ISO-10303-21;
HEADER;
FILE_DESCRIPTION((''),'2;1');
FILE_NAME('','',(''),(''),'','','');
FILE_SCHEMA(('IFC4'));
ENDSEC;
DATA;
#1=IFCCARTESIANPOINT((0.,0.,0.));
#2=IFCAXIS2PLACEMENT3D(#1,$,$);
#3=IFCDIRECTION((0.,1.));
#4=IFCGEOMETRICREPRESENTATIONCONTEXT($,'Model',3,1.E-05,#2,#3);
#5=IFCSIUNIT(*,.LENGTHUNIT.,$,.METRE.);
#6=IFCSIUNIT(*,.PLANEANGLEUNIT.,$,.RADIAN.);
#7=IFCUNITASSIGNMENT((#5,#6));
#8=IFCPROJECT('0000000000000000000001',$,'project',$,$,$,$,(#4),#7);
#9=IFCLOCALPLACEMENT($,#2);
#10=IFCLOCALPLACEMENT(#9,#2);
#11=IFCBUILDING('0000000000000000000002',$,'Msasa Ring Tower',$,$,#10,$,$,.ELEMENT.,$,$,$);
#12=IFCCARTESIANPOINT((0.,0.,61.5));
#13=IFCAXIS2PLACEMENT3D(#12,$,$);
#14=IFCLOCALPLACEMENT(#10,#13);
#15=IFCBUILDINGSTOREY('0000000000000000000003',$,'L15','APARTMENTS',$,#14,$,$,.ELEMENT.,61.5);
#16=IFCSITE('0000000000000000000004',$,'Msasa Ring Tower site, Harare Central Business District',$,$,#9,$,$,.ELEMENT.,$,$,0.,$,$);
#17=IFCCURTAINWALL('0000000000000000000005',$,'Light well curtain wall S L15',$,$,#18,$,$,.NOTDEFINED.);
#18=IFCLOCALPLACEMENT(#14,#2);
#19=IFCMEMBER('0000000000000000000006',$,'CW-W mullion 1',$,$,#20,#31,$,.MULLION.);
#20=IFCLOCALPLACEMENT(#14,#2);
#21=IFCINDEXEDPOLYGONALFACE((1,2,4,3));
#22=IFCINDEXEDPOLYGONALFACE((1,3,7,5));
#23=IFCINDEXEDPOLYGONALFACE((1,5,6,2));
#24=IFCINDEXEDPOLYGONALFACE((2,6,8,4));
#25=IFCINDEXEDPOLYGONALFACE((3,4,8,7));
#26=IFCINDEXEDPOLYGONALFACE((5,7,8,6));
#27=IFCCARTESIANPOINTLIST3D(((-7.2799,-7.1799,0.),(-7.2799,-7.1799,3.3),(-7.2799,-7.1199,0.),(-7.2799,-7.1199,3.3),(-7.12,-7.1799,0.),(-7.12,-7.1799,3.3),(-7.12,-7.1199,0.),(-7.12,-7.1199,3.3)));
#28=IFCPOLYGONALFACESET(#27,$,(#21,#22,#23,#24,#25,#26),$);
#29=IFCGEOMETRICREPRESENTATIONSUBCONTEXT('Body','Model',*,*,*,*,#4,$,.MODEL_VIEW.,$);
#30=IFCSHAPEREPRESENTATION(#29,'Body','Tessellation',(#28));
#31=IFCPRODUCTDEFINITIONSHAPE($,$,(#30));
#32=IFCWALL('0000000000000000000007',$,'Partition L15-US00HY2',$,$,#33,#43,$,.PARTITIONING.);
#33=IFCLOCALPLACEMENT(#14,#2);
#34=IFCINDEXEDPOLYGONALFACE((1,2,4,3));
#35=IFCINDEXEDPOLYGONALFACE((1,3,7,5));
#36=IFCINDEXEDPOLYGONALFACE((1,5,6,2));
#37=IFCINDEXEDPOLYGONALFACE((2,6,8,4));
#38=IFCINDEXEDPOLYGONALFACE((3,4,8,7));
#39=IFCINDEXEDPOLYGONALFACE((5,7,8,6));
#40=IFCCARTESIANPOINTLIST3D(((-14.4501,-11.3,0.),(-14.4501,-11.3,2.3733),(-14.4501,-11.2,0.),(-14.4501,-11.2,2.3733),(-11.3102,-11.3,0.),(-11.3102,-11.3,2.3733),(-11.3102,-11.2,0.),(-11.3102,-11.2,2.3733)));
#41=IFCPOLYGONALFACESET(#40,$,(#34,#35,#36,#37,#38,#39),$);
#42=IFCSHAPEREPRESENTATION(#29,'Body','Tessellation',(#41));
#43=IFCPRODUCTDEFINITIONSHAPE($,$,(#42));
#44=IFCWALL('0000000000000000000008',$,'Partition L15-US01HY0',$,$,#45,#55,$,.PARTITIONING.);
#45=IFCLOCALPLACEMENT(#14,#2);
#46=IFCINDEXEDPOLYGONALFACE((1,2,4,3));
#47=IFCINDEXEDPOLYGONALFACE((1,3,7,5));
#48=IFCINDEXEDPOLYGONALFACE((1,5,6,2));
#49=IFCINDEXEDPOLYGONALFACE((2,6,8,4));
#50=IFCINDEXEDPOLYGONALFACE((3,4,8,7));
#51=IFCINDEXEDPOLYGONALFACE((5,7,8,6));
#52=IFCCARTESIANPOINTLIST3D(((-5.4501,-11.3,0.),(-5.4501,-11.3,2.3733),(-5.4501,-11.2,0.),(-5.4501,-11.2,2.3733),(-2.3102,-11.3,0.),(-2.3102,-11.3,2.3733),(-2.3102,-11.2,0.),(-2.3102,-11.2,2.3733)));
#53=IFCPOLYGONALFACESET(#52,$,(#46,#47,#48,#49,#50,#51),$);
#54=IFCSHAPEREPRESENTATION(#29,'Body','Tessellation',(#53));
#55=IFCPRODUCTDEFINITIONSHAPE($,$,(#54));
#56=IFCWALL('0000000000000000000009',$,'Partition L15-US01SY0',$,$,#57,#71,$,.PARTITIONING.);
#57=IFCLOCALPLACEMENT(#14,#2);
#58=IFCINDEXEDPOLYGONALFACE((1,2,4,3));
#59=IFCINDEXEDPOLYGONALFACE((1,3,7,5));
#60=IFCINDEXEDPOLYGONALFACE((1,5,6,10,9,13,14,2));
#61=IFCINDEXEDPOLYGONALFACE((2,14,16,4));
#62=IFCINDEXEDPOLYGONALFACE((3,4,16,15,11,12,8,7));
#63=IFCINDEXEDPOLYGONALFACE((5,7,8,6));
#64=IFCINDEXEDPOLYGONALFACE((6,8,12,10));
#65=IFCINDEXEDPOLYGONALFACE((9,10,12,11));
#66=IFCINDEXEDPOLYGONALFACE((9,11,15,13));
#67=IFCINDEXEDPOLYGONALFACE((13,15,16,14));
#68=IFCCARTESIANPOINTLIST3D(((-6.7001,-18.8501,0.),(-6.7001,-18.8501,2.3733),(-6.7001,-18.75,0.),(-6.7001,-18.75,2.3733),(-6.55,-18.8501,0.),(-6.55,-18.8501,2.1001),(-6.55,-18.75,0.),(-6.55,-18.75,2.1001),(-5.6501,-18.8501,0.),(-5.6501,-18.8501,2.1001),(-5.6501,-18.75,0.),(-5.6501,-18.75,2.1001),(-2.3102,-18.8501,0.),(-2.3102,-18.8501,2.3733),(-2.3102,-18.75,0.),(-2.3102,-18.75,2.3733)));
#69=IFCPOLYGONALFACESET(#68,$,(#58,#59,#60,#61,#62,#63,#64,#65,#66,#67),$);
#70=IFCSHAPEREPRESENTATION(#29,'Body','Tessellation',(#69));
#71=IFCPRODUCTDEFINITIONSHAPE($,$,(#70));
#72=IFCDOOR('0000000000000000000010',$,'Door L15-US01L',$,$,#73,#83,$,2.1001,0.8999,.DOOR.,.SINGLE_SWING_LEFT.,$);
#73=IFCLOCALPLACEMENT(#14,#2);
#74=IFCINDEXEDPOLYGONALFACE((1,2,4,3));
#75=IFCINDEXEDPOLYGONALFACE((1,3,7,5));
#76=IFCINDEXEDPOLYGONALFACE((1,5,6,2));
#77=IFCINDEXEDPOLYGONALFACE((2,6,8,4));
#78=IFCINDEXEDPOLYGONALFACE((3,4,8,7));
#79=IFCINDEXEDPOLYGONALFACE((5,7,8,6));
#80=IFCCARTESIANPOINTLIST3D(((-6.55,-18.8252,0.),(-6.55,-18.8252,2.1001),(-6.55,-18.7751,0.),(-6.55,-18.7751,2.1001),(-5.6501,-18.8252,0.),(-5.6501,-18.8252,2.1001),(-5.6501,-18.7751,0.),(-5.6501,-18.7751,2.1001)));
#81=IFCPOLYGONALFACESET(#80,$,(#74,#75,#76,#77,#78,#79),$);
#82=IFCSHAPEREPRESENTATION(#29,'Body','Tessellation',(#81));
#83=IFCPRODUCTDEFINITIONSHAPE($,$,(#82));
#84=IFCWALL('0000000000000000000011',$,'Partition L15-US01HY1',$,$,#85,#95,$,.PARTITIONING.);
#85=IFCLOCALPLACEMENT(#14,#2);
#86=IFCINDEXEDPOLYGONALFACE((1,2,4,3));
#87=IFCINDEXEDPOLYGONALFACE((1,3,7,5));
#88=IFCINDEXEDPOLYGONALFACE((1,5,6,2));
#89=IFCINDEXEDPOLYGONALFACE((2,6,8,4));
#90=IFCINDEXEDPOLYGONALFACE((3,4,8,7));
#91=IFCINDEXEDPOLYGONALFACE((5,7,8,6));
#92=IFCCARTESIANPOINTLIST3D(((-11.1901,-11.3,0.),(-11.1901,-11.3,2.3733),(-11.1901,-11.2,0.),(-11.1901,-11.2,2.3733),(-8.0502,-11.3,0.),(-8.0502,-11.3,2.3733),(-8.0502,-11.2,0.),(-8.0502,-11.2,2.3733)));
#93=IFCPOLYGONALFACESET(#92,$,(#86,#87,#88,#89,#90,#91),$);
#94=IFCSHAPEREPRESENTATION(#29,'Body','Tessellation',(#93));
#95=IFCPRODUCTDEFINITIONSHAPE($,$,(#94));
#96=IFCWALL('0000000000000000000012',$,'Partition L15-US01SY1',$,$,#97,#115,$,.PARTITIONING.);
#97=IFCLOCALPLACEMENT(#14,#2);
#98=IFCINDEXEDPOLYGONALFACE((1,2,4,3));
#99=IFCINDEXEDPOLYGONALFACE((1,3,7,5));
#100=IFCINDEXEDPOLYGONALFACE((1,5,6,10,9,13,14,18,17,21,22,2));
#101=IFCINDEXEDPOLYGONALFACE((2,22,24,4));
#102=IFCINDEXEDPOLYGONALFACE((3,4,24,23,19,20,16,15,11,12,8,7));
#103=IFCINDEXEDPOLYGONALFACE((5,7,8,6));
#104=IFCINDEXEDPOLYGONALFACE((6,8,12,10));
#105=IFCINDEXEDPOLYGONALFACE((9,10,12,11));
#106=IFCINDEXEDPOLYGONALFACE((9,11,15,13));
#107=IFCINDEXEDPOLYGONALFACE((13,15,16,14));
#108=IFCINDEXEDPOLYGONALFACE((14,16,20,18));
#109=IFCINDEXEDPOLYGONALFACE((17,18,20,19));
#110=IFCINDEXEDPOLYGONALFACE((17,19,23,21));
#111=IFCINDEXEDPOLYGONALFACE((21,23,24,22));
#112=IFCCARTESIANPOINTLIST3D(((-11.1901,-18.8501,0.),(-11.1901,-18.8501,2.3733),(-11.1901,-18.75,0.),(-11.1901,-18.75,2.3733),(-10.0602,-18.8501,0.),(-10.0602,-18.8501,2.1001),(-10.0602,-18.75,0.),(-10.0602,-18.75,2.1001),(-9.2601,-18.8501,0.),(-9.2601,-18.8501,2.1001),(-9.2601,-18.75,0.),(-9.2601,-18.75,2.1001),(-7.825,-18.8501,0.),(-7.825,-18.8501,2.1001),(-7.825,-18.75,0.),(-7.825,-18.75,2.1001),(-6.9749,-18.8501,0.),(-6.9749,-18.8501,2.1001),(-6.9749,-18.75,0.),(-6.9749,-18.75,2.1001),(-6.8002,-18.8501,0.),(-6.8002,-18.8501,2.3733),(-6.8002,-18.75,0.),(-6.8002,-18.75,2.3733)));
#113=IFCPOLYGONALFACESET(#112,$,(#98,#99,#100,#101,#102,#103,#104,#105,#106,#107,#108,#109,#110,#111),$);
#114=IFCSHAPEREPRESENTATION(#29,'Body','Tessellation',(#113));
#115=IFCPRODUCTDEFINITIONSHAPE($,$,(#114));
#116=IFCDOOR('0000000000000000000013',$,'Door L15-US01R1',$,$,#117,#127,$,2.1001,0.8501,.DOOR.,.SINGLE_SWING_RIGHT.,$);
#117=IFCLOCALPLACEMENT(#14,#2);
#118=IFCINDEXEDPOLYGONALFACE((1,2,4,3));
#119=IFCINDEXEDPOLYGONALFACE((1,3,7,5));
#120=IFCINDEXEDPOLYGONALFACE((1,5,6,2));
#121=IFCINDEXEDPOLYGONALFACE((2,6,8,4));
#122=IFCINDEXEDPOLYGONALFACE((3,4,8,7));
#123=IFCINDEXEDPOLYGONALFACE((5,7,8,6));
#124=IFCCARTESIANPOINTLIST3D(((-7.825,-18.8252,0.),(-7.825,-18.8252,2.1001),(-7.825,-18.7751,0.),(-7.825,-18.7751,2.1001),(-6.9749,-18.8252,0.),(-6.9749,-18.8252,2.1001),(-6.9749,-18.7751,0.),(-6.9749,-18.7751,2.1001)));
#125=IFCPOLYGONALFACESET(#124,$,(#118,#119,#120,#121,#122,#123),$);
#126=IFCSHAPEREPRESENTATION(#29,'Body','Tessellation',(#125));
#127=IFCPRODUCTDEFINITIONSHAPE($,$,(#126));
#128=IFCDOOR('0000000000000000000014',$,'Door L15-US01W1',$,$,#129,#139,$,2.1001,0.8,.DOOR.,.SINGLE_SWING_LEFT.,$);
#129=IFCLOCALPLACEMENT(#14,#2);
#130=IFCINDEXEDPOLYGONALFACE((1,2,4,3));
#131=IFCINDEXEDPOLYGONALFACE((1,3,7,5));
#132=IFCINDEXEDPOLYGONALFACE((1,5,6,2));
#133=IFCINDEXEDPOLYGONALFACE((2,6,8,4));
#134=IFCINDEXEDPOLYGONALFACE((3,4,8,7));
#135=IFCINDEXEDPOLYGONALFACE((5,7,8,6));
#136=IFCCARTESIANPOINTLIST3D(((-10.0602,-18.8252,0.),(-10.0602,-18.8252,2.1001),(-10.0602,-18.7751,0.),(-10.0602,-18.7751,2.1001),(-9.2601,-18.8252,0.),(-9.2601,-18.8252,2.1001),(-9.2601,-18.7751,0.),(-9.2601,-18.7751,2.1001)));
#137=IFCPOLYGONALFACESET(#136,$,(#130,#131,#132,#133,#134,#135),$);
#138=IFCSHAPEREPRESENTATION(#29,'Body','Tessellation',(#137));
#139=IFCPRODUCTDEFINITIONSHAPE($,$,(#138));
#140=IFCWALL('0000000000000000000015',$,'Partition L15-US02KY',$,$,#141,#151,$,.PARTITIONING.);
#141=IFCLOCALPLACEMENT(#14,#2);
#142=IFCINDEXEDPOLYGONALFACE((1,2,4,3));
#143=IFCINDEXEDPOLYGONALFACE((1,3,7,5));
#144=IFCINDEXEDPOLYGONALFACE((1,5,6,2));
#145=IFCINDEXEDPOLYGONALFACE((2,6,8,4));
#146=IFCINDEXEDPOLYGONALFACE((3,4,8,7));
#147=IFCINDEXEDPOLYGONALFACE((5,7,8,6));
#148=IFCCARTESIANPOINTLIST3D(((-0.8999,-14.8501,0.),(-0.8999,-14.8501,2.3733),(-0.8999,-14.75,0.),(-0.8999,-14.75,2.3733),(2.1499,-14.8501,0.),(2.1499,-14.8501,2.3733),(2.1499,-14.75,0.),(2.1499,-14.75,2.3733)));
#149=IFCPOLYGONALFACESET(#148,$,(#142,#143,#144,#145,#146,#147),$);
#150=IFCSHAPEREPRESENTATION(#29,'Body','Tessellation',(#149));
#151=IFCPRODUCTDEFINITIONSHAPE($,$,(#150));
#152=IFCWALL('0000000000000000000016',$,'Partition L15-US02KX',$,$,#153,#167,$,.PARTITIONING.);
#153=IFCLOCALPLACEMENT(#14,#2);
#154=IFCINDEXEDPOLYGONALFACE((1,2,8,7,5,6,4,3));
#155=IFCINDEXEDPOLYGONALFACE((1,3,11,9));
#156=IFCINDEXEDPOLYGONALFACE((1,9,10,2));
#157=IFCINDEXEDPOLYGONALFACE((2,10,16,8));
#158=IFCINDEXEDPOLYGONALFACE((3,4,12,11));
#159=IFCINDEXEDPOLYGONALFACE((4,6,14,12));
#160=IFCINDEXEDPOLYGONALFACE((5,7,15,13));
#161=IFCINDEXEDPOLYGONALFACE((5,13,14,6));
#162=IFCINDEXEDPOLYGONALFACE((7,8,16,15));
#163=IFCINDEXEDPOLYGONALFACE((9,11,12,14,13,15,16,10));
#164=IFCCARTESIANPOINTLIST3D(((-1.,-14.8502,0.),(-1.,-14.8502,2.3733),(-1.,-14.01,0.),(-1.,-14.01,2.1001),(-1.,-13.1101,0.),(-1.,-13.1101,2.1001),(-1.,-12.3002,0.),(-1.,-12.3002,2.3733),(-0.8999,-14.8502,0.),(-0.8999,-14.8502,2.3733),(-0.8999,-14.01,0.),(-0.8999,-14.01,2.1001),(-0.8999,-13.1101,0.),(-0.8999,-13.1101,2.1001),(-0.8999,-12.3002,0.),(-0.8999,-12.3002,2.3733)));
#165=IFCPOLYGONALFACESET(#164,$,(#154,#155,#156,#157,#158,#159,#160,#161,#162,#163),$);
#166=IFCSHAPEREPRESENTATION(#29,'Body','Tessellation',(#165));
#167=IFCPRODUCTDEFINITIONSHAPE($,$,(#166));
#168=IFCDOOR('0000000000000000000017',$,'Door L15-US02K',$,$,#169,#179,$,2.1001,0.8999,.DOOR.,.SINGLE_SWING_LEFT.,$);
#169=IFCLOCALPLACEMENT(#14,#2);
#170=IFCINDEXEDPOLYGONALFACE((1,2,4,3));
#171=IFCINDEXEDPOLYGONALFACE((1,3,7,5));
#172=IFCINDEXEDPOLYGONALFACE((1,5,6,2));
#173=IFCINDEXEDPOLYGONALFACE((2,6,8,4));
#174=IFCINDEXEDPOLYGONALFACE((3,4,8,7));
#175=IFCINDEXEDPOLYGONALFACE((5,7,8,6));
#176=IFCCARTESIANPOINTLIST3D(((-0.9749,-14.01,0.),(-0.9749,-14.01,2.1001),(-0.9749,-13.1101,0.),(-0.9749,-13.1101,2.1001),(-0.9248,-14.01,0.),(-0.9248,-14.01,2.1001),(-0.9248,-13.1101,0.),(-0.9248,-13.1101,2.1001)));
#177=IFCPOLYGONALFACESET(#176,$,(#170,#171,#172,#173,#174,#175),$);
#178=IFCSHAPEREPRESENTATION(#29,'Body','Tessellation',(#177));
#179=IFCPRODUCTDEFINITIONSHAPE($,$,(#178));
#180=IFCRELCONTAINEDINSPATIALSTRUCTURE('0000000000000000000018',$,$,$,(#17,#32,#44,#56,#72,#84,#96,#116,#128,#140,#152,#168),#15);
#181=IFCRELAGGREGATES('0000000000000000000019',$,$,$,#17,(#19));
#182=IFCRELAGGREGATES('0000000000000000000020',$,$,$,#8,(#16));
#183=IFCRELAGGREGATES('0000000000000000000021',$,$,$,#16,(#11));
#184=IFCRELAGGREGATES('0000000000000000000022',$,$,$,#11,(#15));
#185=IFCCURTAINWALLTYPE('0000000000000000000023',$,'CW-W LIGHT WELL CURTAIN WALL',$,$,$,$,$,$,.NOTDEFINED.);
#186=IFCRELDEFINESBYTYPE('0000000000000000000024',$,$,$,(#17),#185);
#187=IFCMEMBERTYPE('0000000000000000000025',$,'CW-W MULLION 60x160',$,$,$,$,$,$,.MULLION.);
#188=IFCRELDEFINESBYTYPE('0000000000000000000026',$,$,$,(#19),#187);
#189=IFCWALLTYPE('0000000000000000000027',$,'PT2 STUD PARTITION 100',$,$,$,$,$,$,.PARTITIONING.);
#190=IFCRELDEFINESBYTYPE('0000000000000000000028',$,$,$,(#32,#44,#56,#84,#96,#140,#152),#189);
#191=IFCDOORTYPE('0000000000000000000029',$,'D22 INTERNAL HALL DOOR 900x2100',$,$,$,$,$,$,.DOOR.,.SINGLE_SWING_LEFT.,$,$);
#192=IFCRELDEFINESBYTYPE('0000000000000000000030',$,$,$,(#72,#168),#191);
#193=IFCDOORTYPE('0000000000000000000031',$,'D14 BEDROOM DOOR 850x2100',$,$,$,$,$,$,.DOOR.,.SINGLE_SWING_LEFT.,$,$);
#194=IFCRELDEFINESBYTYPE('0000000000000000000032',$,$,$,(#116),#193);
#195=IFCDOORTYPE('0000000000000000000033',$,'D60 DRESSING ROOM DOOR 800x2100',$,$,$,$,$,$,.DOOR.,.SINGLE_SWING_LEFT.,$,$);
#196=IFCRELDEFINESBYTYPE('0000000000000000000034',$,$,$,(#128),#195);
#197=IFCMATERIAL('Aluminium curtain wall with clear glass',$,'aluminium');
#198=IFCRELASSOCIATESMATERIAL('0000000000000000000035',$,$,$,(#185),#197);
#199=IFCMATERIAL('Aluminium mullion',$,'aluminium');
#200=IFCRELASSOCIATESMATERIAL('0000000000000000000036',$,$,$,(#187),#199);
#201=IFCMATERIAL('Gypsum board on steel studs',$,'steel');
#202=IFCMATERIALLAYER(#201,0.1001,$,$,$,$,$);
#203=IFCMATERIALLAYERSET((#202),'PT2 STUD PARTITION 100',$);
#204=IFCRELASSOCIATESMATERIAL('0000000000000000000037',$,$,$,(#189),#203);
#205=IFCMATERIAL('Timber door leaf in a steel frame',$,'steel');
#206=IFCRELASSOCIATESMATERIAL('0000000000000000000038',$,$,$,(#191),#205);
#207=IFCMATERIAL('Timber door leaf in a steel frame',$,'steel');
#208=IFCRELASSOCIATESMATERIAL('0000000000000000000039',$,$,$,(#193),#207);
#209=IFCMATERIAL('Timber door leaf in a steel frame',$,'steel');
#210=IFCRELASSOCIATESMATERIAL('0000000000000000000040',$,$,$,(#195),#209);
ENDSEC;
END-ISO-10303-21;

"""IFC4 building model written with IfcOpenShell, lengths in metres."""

from ifc_helpers import new_model, si_unit, direction, frame, frame_2d, origin, origin_2d, place, context, subcontext, project, spatial, rectangle, extrude, material, layer, layer_set, material_profile, profile_set, type_object, element, fill, aggregate, save


model = new_model("IFC4")

# Units and contexts
model_context = context("Model", 3, precision=1e-05, world=origin(), true_north=direction((0.0, 1.0)))
body_context = subcontext(model_context, "Body", "Model", "MODEL_VIEW")
ifc_project = project(units=[si_unit("LENGTHUNIT", "METRE"), si_unit("PLANEANGLEUNIT", "RADIAN")], contexts=[model_context])

# Site, building, storey
site_placement = place(None, origin())
site = spatial("IfcSite", under=ifc_project, at=site_placement, Name="Msasa Ring Tower site, Harare Central Business District", CompositionType="ELEMENT", RefElevation=0.0)
building_placement = place(site_placement, origin())
building = spatial("IfcBuilding", under=site, at=building_placement, Name="Msasa Ring Tower", CompositionType="ELEMENT")
storey_placement = place(building_placement, frame((0.0, 0.0, 61.5)))
storey = spatial("IfcBuildingStorey", under=building, at=storey_placement, Name="L15", Description="APARTMENTS", CompositionType="ELEMENT", Elevation=61.5)

# Curtain wall, member
ifc_material_1 = material(Name="Aluminium curtain wall with clear glass", Category="aluminium")
curtain_wall_type = type_object("IfcCurtainWallType", Name="CW-W LIGHT WELL CURTAIN WALL", PredefinedType="NOTDEFINED", material=ifc_material_1)
curtain_wall_placement = place(storey_placement, origin())
curtain_wall = element("IfcCurtainWall", 1, at=curtain_wall_placement, inside=storey, type_object=curtain_wall_type, Name="Light well curtain wall S L15", PredefinedType="NOTDEFINED")
ifc_material_2 = material(Name="Aluminium mullion", Category="aluminium")
ifc_material_profile = material_profile(ifc_material_2, rectangle(XDim=0.0601, YDim=0.1599, at=origin_2d()), Name="AL 60x160")
ifc_profile_set = profile_set([ifc_material_profile], Name="Aluminium mullion")
member_type = type_object("IfcMemberType", Name="CW-W MULLION 60x160", PredefinedType="MULLION", material=ifc_profile_set)
member_placement = place(storey_placement, frame((-7.2, -7.1499, 0.0), z_axis=(0.0, 0.0, 1.0), x_axis=(0.0, 1.0, 0.0)))
member = element("IfcMember", 2, at=member_placement, type_object=member_type, Name="CW-W mullion 1", PredefinedType="MULLION", context=body_context, shape_type="SweptSolid", body=[
    extrude(rectangle(XDim=0.0601, YDim=0.1599, at=origin_2d()), origin(), (0.0, 0.0, 1.0), 3.3),
])
aggregate(curtain_wall, [member])

# Walls
ifc_material_3 = material(Name="Gypsum board on steel studs", Category="steel")
ifc_layer_1 = layer(ifc_material_3, 0.1001)
ifc_layer_set_1 = layer_set([ifc_layer_1], Name="PT2 STUD PARTITION 100")
wall_type_1 = type_object("IfcWallType", Name="PT2 STUD PARTITION 100", PredefinedType="PARTITIONING", material=ifc_layer_set_1)
for number, where, z_axis, x_axis, name in (
    (3, (-14.45, -11.25, 0.0), (0.0, 0.0, 1.0), (1.0, 0.0, 0.0), "Partition L15-US00HY2"),
    (4, (-5.45, -11.25, 0.0), (0.0, 0.0, 1.0), (1.0, 0.0, 0.0), "Partition L15-US01HY0"),
):
    element("IfcWall", number, at=place(storey_placement, frame(where, z_axis=z_axis, x_axis=x_axis)), inside=storey, type_object=wall_type_1, Name=name, PredefinedType="PARTITIONING", context=body_context, shape_type="SweptSolid", body=[
        extrude(rectangle(XDim=3.1399, YDim=0.1001, at=frame_2d((1.5698, 0.0))), origin(), (0.0, 0.0, 1.0), 2.3733),
    ])

# Wall, opening, door
wall_1_placement = place(storey_placement, frame((-6.7, -18.8, 0.0), z_axis=(0.0, 0.0, 1.0), x_axis=(1.0, 0.0, 0.0)))
wall_1 = element("IfcWall", 5, at=wall_1_placement, inside=storey, type_object=wall_type_1, Name="Partition L15-US01SY0", PredefinedType="PARTITIONING", context=body_context, shape_type="SweptSolid", body=[
    extrude(rectangle(XDim=4.3899, YDim=0.1001, at=frame_2d((2.1948, 0.0))), origin(), (0.0, 0.0, 1.0), 2.3733),
])
opening_1_placement = place(wall_1_placement, frame((0.1499, 0.0, 0.0)))
opening_1 = element("IfcOpeningElement", 6, at=opening_1_placement, cuts=wall_1, PredefinedType="OPENING", context=body_context, shape_type="SweptSolid", body=[
    extrude(rectangle(XDim=0.8999, YDim=2.1001, at=frame_2d((0.45, 1.05))), frame((0.0, 0.0601, 0.0), z_axis=(0.0, -1.0, 0.0), x_axis=(1.0, 0.0, 0.0)), (0.0, 0.0, 1.0), 0.1201),
])
ifc_material_4 = material(Name="Timber door leaf in a steel frame", Category="steel")
door_type_1 = type_object("IfcDoorType", Name="D22 INTERNAL HALL DOOR 900x2100", OperationType="SINGLE_SWING_LEFT", PredefinedType="DOOR", material=ifc_material_4)
door_1_placement = place(opening_1_placement, origin())
door_1 = element("IfcDoor", 7, at=door_1_placement, inside=storey, type_object=door_type_1, Name="Door L15-US01L", OperationType="SINGLE_SWING_LEFT", OverallHeight=2.1001, OverallWidth=0.8999, PredefinedType="DOOR", context=body_context, shape_type="SweptSolid", body=[
    extrude(rectangle(XDim=0.8999, YDim=2.1001, at=frame_2d((0.45, 1.05))), frame((0.0, 0.0249, 0.0), z_axis=(0.0, -1.0, 0.0), x_axis=(1.0, 0.0, 0.0)), (0.0, 0.0, 1.0), 0.05),
])
fill(opening_1, door_1)

# Wall
wall_2_placement = place(storey_placement, frame((-11.1899, -11.25, 0.0), z_axis=(0.0, 0.0, 1.0), x_axis=(1.0, 0.0, 0.0)))
element("IfcWall", 8, at=wall_2_placement, inside=storey, type_object=wall_type_1, Name="Partition L15-US01HY1", PredefinedType="PARTITIONING", context=body_context, shape_type="SweptSolid", body=[
    extrude(rectangle(XDim=3.1399, YDim=0.1001, at=frame_2d((1.5698, 0.0))), origin(), (0.0, 0.0, 1.0), 2.3733),
])

# Wall, openings, doors
wall_3_placement = place(storey_placement, frame((-11.1899, -18.8, 0.0), z_axis=(0.0, 0.0, 1.0), x_axis=(1.0, 0.0, 0.0)))
wall_3 = element("IfcWall", 9, at=wall_3_placement, inside=storey, type_object=wall_type_1, Name="Partition L15-US01SY1", PredefinedType="PARTITIONING", context=body_context, shape_type="SweptSolid", body=[
    extrude(rectangle(XDim=4.3899, YDim=0.1001, at=frame_2d((2.1948, 0.0))), origin(), (0.0, 0.0, 1.0), 2.3733),
])
opening_2_placement = place(wall_3_placement, frame((3.365, 0.0, 0.0)))
opening_2 = element("IfcOpeningElement", 10, at=opening_2_placement, cuts=wall_3, PredefinedType="OPENING", context=body_context, shape_type="SweptSolid", body=[
    extrude(rectangle(XDim=0.8501, YDim=2.1001, at=frame_2d((0.425, 1.05))), frame((0.0, 0.0601, 0.0), z_axis=(0.0, -1.0, 0.0), x_axis=(1.0, 0.0, 0.0)), (0.0, 0.0, 1.0), 0.1201),
])
opening_3_placement = place(wall_3_placement, frame((1.1299, 0.0, 0.0)))
opening_3 = element("IfcOpeningElement", 11, at=opening_3_placement, cuts=wall_3, PredefinedType="OPENING", context=body_context, shape_type="SweptSolid", body=[
    extrude(rectangle(XDim=0.8, YDim=2.1001, at=frame_2d((0.3999, 1.05))), frame((0.0, 0.0601, 0.0), z_axis=(0.0, -1.0, 0.0), x_axis=(1.0, 0.0, 0.0)), (0.0, 0.0, 1.0), 0.1201),
])
ifc_material_5 = material(Name="Timber door leaf in a steel frame", Category="steel")
door_type_2 = type_object("IfcDoorType", Name="D14 BEDROOM DOOR 850x2100", OperationType="SINGLE_SWING_LEFT", PredefinedType="DOOR", material=ifc_material_5)
door_2_placement = place(opening_2_placement, origin())
door_2 = element("IfcDoor", 12, at=door_2_placement, inside=storey, type_object=door_type_2, Name="Door L15-US01R1", OperationType="SINGLE_SWING_RIGHT", OverallHeight=2.1001, OverallWidth=0.8501, PredefinedType="DOOR", context=body_context, shape_type="SweptSolid", body=[
    extrude(rectangle(XDim=0.8501, YDim=2.1001, at=frame_2d((0.425, 1.05))), frame((0.0, 0.0249, 0.0), z_axis=(0.0, -1.0, 0.0), x_axis=(1.0, 0.0, 0.0)), (0.0, 0.0, 1.0), 0.05),
])
fill(opening_2, door_2)
ifc_material_6 = material(Name="Timber door leaf in a steel frame", Category="steel")
door_type_3 = type_object("IfcDoorType", Name="D60 DRESSING ROOM DOOR 800x2100", OperationType="SINGLE_SWING_LEFT", PredefinedType="DOOR", material=ifc_material_6)
door_3_placement = place(opening_3_placement, origin())
door_3 = element("IfcDoor", 13, at=door_3_placement, inside=storey, type_object=door_type_3, Name="Door L15-US01W1", OperationType="SINGLE_SWING_LEFT", OverallHeight=2.1001, OverallWidth=0.8, PredefinedType="DOOR", context=body_context, shape_type="SweptSolid", body=[
    extrude(rectangle(XDim=0.8, YDim=2.1001, at=frame_2d((0.3999, 1.05))), frame((0.0, 0.0249, 0.0), z_axis=(0.0, -1.0, 0.0), x_axis=(1.0, 0.0, 0.0)), (0.0, 0.0, 1.0), 0.05),
])
fill(opening_3, door_3)

# Wall
wall_4_placement = place(storey_placement, frame((-0.8999, -14.8, 0.0), z_axis=(0.0, 0.0, 1.0), x_axis=(1.0, 0.0, 0.0)))
element("IfcWall", 14, at=wall_4_placement, inside=storey, type_object=wall_type_1, Name="Partition L15-US02KY", PredefinedType="PARTITIONING", context=body_context, shape_type="SweptSolid", body=[
    extrude(rectangle(XDim=3.0498, YDim=0.1001, at=frame_2d((1.5249, 0.0))), origin(), (0.0, 0.0, 1.0), 2.3733),
])

# Wall, opening, door
wall_5_placement = place(storey_placement, frame((-0.95, -14.8501, 0.0), z_axis=(0.0, 0.0, 1.0), x_axis=(0.0, 1.0, 0.0)))
wall_5 = element("IfcWall", 15, at=wall_5_placement, inside=storey, type_object=wall_type_1, Name="Partition L15-US02KX", PredefinedType="PARTITIONING", context=body_context, shape_type="SweptSolid", body=[
    extrude(rectangle(XDim=2.55, YDim=0.1001, at=frame_2d((1.2749, 0.0))), origin(), (0.0, 0.0, 1.0), 2.3733),
])
opening_4_placement = place(wall_5_placement, frame((0.8401, 0.0, 0.0)))
opening_4 = element("IfcOpeningElement", 16, at=opening_4_placement, cuts=wall_5, PredefinedType="OPENING", context=body_context, shape_type="SweptSolid", body=[
    extrude(rectangle(XDim=0.8999, YDim=2.1001, at=frame_2d((0.45, 1.05))), frame((0.0, 0.0601, 0.0), z_axis=(0.0, -1.0, 0.0), x_axis=(1.0, 0.0, 0.0)), (0.0, 0.0, 1.0), 0.1201),
])
door_4_placement = place(opening_4_placement, origin())
door_4 = element("IfcDoor", 17, at=door_4_placement, inside=storey, type_object=door_type_1, Name="Door L15-US02K", OperationType="SINGLE_SWING_LEFT", OverallHeight=2.1001, OverallWidth=0.8999, PredefinedType="DOOR", context=body_context, shape_type="SweptSolid", body=[
    extrude(rectangle(XDim=0.8999, YDim=2.1001, at=frame_2d((0.45, 1.05))), frame((0.0, 0.0249, 0.0), z_axis=(0.0, -1.0, 0.0), x_axis=(1.0, 0.0, 0.0)), (0.0, 0.0, 1.0), 0.05),
])
fill(opening_4, door_4)

save(model, "model.ifc")
